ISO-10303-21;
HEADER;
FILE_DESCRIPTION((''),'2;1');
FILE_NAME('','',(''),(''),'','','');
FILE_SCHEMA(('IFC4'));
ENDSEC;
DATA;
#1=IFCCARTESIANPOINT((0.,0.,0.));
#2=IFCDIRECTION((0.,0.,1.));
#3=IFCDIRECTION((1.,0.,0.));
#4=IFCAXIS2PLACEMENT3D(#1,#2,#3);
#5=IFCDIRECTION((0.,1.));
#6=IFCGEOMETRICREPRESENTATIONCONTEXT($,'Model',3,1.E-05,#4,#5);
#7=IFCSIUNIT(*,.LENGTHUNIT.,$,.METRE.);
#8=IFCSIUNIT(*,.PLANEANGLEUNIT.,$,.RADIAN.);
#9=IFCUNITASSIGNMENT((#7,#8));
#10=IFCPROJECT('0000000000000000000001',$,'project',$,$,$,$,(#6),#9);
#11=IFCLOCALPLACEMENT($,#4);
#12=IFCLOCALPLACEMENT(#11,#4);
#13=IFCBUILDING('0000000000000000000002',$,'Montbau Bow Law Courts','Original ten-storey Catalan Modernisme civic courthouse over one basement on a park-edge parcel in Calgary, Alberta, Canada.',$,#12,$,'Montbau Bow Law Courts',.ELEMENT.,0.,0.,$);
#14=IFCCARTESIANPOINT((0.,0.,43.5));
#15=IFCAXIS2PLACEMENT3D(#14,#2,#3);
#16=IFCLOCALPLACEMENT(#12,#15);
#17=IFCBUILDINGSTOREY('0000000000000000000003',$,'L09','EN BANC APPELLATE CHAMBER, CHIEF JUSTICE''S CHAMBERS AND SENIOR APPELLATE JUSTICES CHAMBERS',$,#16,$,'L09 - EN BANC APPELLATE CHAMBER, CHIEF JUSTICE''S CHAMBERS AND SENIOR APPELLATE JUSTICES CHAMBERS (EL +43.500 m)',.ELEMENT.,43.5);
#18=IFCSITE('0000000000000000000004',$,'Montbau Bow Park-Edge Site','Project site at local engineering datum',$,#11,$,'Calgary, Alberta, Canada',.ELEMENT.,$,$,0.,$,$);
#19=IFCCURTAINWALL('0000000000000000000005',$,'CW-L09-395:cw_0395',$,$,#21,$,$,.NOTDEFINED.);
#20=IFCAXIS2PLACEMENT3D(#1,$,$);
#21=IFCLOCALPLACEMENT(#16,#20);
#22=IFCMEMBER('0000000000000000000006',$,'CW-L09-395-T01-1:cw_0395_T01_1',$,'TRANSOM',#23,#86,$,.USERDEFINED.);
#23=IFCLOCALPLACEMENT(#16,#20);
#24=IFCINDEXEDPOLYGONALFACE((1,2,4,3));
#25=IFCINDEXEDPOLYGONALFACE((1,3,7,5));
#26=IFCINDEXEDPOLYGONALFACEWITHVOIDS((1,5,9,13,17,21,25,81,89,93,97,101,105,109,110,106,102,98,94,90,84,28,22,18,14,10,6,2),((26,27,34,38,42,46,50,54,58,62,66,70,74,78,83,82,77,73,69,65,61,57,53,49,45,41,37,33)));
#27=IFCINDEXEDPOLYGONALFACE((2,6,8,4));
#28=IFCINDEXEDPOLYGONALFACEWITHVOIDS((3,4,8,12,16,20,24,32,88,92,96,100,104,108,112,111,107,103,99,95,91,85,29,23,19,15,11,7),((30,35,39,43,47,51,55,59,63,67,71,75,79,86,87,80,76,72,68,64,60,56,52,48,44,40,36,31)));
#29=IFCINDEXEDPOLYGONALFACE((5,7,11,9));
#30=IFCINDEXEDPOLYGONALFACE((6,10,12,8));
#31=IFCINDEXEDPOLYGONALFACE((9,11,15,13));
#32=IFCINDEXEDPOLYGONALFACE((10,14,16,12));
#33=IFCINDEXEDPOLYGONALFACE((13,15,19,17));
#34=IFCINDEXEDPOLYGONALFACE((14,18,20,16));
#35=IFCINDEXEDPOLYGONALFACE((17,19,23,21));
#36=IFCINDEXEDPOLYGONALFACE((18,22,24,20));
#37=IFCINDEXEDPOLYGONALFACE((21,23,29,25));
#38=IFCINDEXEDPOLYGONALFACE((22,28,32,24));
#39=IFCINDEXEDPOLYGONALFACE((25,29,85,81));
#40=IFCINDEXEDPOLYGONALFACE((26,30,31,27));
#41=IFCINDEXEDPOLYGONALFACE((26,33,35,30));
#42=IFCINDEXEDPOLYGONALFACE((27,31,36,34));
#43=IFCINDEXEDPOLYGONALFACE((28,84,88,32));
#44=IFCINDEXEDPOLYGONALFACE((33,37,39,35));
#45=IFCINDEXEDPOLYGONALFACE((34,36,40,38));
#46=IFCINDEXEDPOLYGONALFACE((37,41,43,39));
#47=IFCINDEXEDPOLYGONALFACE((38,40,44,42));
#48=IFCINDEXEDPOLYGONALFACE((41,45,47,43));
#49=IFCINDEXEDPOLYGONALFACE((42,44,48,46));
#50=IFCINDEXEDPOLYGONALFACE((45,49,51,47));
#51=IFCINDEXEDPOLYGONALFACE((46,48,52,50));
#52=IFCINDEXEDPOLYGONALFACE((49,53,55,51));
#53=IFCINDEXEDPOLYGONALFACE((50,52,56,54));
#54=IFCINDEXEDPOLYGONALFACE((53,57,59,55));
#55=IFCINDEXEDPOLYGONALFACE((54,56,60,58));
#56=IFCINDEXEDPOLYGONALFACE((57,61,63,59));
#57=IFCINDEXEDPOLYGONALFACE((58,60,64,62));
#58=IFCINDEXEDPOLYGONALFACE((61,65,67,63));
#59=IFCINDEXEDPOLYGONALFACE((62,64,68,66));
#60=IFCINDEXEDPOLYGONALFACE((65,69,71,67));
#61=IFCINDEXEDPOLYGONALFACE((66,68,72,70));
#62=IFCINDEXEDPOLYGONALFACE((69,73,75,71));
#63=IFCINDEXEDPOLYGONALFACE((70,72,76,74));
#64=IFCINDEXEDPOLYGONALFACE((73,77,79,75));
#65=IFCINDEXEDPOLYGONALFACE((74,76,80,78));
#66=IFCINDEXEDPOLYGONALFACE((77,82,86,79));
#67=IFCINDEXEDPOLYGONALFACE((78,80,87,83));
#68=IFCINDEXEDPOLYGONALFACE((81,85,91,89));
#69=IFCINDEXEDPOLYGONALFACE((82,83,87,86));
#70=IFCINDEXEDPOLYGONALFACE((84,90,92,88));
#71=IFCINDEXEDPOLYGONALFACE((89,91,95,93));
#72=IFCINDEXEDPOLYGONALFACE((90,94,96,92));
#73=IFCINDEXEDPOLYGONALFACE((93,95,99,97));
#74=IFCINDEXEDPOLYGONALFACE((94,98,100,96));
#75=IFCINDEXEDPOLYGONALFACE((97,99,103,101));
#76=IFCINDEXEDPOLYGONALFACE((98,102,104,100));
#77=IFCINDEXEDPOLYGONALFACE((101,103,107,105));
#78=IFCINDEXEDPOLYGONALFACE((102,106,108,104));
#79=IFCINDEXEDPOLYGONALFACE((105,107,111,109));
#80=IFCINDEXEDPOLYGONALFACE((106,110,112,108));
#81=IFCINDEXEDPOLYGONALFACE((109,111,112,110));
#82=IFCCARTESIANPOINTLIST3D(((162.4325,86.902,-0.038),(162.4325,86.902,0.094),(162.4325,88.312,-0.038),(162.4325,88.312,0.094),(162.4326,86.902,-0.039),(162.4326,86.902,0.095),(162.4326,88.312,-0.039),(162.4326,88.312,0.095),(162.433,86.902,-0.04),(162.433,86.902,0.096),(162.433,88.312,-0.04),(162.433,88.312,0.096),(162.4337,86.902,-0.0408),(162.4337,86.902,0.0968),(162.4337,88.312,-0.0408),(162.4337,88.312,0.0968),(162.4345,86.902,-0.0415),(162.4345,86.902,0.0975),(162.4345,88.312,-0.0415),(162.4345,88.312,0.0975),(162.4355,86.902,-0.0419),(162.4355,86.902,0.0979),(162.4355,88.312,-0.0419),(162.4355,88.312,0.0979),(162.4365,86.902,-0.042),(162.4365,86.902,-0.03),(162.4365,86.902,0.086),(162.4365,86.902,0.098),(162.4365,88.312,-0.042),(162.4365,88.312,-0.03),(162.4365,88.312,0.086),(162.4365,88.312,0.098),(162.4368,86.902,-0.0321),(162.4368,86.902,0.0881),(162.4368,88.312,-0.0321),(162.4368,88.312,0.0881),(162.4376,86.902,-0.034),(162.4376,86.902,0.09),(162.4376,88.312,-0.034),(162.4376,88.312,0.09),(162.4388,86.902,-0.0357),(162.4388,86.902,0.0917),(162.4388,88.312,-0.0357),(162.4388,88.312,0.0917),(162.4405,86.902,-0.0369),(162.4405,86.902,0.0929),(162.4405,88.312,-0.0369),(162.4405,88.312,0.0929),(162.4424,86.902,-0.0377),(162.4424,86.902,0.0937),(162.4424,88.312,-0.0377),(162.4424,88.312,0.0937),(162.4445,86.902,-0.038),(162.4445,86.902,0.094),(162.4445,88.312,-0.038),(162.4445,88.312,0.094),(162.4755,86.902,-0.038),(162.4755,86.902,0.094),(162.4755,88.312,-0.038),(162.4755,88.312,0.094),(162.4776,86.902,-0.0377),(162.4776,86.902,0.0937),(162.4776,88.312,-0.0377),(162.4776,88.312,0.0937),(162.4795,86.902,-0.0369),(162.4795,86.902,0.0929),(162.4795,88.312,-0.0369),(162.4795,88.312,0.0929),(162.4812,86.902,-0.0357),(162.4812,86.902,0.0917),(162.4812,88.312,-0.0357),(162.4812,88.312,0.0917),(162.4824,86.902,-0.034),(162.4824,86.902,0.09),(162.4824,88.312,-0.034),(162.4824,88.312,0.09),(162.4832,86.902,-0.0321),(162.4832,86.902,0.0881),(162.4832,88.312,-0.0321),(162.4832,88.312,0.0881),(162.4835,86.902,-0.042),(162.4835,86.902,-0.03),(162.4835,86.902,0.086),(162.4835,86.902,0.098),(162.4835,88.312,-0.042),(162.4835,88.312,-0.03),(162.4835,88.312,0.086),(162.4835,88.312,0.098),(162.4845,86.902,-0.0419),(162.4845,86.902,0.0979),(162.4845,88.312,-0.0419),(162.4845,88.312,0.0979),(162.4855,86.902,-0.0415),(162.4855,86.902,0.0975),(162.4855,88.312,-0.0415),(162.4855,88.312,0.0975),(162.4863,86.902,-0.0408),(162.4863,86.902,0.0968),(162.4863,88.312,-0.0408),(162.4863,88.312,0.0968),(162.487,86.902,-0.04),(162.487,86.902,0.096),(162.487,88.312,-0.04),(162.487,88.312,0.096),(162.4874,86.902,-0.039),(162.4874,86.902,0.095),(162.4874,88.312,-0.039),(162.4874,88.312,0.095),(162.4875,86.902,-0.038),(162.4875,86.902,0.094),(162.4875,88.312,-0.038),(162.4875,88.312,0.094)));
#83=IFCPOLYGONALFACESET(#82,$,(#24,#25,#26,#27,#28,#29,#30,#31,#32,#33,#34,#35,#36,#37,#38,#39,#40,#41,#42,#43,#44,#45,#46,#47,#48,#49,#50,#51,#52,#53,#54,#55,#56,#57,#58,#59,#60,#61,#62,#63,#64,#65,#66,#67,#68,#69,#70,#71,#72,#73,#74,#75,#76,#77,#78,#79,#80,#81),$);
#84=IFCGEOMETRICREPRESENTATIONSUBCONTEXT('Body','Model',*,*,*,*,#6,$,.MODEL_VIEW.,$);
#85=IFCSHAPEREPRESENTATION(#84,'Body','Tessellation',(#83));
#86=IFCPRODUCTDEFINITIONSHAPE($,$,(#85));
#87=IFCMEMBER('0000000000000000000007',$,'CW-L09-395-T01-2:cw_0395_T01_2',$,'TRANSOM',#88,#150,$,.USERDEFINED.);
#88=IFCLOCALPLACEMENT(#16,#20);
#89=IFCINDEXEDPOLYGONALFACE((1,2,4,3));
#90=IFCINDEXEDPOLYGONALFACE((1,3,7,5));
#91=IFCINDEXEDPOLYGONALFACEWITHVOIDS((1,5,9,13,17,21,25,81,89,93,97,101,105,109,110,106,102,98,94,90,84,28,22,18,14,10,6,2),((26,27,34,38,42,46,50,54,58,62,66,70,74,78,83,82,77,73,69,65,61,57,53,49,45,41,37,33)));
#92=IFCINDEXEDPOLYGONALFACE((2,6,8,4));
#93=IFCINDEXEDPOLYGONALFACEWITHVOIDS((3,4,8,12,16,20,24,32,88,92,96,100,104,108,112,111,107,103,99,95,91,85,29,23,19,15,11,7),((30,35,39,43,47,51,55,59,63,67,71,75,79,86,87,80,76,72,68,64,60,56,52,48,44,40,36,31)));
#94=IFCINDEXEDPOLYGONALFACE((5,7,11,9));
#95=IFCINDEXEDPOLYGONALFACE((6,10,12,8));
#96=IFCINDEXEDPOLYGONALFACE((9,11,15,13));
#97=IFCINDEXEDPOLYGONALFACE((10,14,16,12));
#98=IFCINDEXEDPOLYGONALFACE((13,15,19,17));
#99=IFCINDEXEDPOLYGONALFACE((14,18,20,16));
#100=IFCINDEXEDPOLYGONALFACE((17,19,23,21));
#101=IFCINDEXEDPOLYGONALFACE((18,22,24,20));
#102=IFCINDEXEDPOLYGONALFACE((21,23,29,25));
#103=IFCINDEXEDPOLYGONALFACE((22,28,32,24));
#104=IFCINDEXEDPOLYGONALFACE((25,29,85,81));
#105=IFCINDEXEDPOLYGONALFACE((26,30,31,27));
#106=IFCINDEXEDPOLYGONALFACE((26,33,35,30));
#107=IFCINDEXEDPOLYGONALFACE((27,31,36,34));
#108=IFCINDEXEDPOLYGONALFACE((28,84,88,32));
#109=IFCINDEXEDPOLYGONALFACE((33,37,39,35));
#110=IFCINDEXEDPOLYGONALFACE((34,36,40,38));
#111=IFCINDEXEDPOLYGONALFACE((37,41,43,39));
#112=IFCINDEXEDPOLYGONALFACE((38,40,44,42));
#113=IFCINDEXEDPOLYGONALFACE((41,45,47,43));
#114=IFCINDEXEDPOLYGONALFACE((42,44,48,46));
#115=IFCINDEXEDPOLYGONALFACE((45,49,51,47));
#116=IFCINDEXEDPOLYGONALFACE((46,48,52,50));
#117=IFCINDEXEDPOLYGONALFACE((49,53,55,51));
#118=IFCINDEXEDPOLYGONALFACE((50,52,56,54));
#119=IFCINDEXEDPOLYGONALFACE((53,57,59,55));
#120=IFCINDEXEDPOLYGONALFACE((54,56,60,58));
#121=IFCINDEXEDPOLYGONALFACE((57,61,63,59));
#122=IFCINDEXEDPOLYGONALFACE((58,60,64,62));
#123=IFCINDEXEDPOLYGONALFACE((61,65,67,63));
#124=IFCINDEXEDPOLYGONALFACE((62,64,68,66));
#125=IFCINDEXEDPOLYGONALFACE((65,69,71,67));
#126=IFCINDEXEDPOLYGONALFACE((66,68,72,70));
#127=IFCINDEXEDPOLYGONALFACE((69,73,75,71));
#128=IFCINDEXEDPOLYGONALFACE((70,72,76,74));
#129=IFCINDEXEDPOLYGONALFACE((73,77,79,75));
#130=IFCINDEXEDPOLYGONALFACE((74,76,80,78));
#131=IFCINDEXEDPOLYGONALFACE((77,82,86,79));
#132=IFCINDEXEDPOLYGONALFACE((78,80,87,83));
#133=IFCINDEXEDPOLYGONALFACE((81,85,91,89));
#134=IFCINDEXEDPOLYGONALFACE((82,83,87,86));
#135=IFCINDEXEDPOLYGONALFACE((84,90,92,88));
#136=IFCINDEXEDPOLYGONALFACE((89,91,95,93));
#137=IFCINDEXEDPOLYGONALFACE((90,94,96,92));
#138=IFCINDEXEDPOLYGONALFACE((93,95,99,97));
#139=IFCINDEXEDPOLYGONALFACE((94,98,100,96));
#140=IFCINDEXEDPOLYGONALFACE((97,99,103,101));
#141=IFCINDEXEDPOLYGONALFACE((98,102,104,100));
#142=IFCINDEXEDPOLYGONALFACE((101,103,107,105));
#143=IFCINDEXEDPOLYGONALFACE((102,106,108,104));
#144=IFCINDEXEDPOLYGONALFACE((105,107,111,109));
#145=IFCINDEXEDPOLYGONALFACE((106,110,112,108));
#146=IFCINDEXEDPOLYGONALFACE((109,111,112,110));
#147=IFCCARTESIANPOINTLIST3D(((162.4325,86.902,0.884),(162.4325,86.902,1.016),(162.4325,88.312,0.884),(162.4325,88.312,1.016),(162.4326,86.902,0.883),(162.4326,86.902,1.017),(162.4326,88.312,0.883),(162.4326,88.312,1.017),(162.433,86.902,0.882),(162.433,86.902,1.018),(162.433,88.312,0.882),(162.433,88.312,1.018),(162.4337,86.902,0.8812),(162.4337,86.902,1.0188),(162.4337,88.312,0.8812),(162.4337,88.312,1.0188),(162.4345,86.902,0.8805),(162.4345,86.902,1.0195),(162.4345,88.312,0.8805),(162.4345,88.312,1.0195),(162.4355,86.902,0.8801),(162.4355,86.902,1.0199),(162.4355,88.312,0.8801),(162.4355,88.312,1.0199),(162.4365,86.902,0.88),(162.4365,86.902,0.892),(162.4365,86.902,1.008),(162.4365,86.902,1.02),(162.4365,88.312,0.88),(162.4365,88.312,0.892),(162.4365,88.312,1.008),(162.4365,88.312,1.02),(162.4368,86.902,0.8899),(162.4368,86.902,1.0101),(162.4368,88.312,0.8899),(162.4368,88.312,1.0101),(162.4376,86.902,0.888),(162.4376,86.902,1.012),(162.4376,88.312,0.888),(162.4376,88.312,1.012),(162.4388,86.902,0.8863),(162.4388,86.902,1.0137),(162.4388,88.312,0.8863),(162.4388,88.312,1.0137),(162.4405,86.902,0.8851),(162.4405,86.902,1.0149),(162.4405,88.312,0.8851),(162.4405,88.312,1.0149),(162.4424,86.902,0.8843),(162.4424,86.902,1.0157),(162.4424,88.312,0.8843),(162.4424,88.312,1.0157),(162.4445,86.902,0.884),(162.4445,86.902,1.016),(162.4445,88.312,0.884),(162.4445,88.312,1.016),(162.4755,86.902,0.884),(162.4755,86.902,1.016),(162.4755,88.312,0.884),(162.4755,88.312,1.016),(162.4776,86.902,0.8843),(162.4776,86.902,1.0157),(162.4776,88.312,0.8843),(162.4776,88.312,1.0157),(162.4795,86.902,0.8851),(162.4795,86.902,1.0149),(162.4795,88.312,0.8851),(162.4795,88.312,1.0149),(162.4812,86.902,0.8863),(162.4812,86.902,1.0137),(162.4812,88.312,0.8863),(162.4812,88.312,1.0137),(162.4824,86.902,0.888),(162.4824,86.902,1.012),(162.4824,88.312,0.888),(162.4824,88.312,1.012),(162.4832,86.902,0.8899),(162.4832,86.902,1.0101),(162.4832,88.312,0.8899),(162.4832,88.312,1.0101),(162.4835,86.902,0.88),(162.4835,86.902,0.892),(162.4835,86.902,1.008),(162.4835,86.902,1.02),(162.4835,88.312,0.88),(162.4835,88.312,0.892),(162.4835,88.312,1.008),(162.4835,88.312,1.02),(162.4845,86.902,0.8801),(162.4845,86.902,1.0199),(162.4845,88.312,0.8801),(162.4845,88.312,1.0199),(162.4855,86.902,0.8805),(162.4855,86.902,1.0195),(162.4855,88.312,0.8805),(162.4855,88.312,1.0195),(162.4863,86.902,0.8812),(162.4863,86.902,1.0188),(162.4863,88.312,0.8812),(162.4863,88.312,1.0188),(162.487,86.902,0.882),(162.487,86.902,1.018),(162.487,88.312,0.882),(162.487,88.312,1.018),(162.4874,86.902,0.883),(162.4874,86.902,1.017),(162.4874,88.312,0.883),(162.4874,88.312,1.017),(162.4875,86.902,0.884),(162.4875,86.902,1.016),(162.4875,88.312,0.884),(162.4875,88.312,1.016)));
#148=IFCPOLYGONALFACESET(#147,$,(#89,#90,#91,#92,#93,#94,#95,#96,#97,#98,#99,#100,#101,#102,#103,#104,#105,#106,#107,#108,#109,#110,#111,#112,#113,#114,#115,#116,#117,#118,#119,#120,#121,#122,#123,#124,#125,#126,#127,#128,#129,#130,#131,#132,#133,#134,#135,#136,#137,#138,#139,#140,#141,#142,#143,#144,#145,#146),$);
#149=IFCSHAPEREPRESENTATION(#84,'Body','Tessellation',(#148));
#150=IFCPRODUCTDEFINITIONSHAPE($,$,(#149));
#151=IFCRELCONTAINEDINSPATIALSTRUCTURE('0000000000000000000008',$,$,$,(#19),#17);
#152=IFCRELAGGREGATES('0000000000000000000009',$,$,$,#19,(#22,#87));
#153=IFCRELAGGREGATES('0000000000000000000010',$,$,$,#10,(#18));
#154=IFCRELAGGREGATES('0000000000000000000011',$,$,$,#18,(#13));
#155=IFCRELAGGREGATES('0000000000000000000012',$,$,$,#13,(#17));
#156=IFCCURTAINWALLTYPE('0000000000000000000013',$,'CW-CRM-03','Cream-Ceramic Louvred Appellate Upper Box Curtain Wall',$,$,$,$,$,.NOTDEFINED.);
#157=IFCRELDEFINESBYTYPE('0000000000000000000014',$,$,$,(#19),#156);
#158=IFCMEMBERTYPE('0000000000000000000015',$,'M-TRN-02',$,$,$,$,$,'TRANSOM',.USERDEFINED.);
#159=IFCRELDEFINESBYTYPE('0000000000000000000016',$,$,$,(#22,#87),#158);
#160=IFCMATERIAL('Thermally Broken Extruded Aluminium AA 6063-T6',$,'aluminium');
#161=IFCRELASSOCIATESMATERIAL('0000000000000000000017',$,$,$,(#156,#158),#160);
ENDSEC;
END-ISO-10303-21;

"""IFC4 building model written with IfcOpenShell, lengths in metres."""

from ifc_helpers import new_model, si_unit, direction, frame, origin_with_axes, origin_2d_with_axis, place, context, subcontext, project, spatial, hollow_rectangle, extrude, material, material_profile, profile_set, type_object, element, aggregate, save


model = new_model("IFC4")

# Units and contexts
model_context = context("Model", 3, precision=1e-05, world=origin_with_axes(), true_north=direction((0.0, 1.0)))
body_context = subcontext(model_context, "Body", "Model", "MODEL_VIEW")
ifc_project = project(units=[si_unit("LENGTHUNIT", "METRE"), si_unit("PLANEANGLEUNIT", "RADIAN")], contexts=[model_context])

# Site, building, storey
site_placement = place(None, origin_with_axes())
site = spatial("IfcSite", under=ifc_project, at=site_placement, Name="Montbau Bow Park-Edge Site", Description="Project site at local engineering datum", LongName="Calgary, Alberta, Canada", CompositionType="ELEMENT", RefElevation=0.0)
building_placement = place(site_placement, origin_with_axes())
building = spatial("IfcBuilding", under=site, at=building_placement, Name="Montbau Bow Law Courts", Description="Original ten-storey Catalan Modernisme civic courthouse over one basement on a park-edge parcel in Calgary, Alberta, Canada.", LongName="Montbau Bow Law Courts", CompositionType="ELEMENT", ElevationOfRefHeight=0.0, ElevationOfTerrain=0.0)
storey_placement = place(building_placement, frame((0.0, 0.0, 43.5), z_axis=(0.0, 0.0, 1.0), x_axis=(1.0, 0.0, 0.0)))
storey = spatial("IfcBuildingStorey", under=building, at=storey_placement, Name="L09", Description="EN BANC APPELLATE CHAMBER, CHIEF JUSTICE'S CHAMBERS AND SENIOR APPELLATE JUSTICES CHAMBERS", LongName="L09 - EN BANC APPELLATE CHAMBER, CHIEF JUSTICE'S CHAMBERS AND SENIOR APPELLATE JUSTICES CHAMBERS (EL +43.500 m)", CompositionType="ELEMENT", Elevation=43.5)

# Shared definitions
ifc_material_1 = material(Name="Thermally Broken Extruded Aluminium AA 6063-T6", Category="aluminium")
curtain_wall_type = type_object("IfcCurtainWallType", Name="CW-CRM-03", Description="Cream-Ceramic Louvred Appellate Upper Box Curtain Wall", PredefinedType="NOTDEFINED", material=ifc_material_1)

# Curtain wall
curtain_wall_1_placement = place(None, frame((162.46, 86.84, 43.5), z_axis=(0.0, 0.0, 1.0), x_axis=(1.0, 0.0, 0.0)))
curtain_wall_1 = element("IfcCurtainWall", 1, at=curtain_wall_1_placement, inside=storey, type_object=curtain_wall_type, Name="CW-L09-395:cw_0395", PredefinedType="NOTDEFINED")

# Members
ifc_material_profile_1 = material_profile(ifc_material_1, hollow_rectangle(XDim=0.055, YDim=0.14, WallThickness=0.004, InnerFilletRadius=0.008, OuterFilletRadius=0.004, at=origin_2d_with_axis()), Name="CWT-140X55", Category="Main", Priority=0)
ifc_profile_set_1 = profile_set([ifc_material_profile_1], Name="Thermally Broken Extruded Aluminium AA 6063-T6")
member_type_1 = type_object("IfcMemberType", Name="M-TRN-02", ElementType="TRANSOM", PredefinedType="USERDEFINED", material=ifc_profile_set_1)
member_1_placement = place(None, frame((162.46, 86.902, 43.528), z_axis=(0.0, 1.0, 0.0), x_axis=(-1.0, 0.0, 0.0)))
member_1 = element("IfcMember", 2, at=member_1_placement, type_object=member_type_1, Name="CW-L09-395-T01-1:cw_0395_T01_1", ObjectType="TRANSOM", PredefinedType="USERDEFINED", context=body_context, shape_type="SweptSolid", body=[
    extrude(hollow_rectangle(XDim=0.055, YDim=0.14, WallThickness=0.004, InnerFilletRadius=0.008, OuterFilletRadius=0.004, at=origin_2d_with_axis()), origin_with_axes(), (0.0, 0.0, 1.0), 1.41),
])
member_2_placement = place(None, frame((162.46, 86.902, 44.45), z_axis=(0.0, 1.0, 0.0), x_axis=(-1.0, 0.0, 0.0)))
member_2 = element("IfcMember", 3, at=member_2_placement, type_object=member_type_1, Name="CW-L09-395-T01-2:cw_0395_T01_2", ObjectType="TRANSOM", PredefinedType="USERDEFINED", context=body_context, shape_type="SweptSolid", body=[
    extrude(hollow_rectangle(XDim=0.055, YDim=0.14, WallThickness=0.004, InnerFilletRadius=0.008, OuterFilletRadius=0.004, at=origin_2d_with_axis()), origin_with_axes(), (0.0, 0.0, 1.0), 1.41),
])

aggregate(curtain_wall_1, [member_1, member_2])

save(model, "model.ifc")
